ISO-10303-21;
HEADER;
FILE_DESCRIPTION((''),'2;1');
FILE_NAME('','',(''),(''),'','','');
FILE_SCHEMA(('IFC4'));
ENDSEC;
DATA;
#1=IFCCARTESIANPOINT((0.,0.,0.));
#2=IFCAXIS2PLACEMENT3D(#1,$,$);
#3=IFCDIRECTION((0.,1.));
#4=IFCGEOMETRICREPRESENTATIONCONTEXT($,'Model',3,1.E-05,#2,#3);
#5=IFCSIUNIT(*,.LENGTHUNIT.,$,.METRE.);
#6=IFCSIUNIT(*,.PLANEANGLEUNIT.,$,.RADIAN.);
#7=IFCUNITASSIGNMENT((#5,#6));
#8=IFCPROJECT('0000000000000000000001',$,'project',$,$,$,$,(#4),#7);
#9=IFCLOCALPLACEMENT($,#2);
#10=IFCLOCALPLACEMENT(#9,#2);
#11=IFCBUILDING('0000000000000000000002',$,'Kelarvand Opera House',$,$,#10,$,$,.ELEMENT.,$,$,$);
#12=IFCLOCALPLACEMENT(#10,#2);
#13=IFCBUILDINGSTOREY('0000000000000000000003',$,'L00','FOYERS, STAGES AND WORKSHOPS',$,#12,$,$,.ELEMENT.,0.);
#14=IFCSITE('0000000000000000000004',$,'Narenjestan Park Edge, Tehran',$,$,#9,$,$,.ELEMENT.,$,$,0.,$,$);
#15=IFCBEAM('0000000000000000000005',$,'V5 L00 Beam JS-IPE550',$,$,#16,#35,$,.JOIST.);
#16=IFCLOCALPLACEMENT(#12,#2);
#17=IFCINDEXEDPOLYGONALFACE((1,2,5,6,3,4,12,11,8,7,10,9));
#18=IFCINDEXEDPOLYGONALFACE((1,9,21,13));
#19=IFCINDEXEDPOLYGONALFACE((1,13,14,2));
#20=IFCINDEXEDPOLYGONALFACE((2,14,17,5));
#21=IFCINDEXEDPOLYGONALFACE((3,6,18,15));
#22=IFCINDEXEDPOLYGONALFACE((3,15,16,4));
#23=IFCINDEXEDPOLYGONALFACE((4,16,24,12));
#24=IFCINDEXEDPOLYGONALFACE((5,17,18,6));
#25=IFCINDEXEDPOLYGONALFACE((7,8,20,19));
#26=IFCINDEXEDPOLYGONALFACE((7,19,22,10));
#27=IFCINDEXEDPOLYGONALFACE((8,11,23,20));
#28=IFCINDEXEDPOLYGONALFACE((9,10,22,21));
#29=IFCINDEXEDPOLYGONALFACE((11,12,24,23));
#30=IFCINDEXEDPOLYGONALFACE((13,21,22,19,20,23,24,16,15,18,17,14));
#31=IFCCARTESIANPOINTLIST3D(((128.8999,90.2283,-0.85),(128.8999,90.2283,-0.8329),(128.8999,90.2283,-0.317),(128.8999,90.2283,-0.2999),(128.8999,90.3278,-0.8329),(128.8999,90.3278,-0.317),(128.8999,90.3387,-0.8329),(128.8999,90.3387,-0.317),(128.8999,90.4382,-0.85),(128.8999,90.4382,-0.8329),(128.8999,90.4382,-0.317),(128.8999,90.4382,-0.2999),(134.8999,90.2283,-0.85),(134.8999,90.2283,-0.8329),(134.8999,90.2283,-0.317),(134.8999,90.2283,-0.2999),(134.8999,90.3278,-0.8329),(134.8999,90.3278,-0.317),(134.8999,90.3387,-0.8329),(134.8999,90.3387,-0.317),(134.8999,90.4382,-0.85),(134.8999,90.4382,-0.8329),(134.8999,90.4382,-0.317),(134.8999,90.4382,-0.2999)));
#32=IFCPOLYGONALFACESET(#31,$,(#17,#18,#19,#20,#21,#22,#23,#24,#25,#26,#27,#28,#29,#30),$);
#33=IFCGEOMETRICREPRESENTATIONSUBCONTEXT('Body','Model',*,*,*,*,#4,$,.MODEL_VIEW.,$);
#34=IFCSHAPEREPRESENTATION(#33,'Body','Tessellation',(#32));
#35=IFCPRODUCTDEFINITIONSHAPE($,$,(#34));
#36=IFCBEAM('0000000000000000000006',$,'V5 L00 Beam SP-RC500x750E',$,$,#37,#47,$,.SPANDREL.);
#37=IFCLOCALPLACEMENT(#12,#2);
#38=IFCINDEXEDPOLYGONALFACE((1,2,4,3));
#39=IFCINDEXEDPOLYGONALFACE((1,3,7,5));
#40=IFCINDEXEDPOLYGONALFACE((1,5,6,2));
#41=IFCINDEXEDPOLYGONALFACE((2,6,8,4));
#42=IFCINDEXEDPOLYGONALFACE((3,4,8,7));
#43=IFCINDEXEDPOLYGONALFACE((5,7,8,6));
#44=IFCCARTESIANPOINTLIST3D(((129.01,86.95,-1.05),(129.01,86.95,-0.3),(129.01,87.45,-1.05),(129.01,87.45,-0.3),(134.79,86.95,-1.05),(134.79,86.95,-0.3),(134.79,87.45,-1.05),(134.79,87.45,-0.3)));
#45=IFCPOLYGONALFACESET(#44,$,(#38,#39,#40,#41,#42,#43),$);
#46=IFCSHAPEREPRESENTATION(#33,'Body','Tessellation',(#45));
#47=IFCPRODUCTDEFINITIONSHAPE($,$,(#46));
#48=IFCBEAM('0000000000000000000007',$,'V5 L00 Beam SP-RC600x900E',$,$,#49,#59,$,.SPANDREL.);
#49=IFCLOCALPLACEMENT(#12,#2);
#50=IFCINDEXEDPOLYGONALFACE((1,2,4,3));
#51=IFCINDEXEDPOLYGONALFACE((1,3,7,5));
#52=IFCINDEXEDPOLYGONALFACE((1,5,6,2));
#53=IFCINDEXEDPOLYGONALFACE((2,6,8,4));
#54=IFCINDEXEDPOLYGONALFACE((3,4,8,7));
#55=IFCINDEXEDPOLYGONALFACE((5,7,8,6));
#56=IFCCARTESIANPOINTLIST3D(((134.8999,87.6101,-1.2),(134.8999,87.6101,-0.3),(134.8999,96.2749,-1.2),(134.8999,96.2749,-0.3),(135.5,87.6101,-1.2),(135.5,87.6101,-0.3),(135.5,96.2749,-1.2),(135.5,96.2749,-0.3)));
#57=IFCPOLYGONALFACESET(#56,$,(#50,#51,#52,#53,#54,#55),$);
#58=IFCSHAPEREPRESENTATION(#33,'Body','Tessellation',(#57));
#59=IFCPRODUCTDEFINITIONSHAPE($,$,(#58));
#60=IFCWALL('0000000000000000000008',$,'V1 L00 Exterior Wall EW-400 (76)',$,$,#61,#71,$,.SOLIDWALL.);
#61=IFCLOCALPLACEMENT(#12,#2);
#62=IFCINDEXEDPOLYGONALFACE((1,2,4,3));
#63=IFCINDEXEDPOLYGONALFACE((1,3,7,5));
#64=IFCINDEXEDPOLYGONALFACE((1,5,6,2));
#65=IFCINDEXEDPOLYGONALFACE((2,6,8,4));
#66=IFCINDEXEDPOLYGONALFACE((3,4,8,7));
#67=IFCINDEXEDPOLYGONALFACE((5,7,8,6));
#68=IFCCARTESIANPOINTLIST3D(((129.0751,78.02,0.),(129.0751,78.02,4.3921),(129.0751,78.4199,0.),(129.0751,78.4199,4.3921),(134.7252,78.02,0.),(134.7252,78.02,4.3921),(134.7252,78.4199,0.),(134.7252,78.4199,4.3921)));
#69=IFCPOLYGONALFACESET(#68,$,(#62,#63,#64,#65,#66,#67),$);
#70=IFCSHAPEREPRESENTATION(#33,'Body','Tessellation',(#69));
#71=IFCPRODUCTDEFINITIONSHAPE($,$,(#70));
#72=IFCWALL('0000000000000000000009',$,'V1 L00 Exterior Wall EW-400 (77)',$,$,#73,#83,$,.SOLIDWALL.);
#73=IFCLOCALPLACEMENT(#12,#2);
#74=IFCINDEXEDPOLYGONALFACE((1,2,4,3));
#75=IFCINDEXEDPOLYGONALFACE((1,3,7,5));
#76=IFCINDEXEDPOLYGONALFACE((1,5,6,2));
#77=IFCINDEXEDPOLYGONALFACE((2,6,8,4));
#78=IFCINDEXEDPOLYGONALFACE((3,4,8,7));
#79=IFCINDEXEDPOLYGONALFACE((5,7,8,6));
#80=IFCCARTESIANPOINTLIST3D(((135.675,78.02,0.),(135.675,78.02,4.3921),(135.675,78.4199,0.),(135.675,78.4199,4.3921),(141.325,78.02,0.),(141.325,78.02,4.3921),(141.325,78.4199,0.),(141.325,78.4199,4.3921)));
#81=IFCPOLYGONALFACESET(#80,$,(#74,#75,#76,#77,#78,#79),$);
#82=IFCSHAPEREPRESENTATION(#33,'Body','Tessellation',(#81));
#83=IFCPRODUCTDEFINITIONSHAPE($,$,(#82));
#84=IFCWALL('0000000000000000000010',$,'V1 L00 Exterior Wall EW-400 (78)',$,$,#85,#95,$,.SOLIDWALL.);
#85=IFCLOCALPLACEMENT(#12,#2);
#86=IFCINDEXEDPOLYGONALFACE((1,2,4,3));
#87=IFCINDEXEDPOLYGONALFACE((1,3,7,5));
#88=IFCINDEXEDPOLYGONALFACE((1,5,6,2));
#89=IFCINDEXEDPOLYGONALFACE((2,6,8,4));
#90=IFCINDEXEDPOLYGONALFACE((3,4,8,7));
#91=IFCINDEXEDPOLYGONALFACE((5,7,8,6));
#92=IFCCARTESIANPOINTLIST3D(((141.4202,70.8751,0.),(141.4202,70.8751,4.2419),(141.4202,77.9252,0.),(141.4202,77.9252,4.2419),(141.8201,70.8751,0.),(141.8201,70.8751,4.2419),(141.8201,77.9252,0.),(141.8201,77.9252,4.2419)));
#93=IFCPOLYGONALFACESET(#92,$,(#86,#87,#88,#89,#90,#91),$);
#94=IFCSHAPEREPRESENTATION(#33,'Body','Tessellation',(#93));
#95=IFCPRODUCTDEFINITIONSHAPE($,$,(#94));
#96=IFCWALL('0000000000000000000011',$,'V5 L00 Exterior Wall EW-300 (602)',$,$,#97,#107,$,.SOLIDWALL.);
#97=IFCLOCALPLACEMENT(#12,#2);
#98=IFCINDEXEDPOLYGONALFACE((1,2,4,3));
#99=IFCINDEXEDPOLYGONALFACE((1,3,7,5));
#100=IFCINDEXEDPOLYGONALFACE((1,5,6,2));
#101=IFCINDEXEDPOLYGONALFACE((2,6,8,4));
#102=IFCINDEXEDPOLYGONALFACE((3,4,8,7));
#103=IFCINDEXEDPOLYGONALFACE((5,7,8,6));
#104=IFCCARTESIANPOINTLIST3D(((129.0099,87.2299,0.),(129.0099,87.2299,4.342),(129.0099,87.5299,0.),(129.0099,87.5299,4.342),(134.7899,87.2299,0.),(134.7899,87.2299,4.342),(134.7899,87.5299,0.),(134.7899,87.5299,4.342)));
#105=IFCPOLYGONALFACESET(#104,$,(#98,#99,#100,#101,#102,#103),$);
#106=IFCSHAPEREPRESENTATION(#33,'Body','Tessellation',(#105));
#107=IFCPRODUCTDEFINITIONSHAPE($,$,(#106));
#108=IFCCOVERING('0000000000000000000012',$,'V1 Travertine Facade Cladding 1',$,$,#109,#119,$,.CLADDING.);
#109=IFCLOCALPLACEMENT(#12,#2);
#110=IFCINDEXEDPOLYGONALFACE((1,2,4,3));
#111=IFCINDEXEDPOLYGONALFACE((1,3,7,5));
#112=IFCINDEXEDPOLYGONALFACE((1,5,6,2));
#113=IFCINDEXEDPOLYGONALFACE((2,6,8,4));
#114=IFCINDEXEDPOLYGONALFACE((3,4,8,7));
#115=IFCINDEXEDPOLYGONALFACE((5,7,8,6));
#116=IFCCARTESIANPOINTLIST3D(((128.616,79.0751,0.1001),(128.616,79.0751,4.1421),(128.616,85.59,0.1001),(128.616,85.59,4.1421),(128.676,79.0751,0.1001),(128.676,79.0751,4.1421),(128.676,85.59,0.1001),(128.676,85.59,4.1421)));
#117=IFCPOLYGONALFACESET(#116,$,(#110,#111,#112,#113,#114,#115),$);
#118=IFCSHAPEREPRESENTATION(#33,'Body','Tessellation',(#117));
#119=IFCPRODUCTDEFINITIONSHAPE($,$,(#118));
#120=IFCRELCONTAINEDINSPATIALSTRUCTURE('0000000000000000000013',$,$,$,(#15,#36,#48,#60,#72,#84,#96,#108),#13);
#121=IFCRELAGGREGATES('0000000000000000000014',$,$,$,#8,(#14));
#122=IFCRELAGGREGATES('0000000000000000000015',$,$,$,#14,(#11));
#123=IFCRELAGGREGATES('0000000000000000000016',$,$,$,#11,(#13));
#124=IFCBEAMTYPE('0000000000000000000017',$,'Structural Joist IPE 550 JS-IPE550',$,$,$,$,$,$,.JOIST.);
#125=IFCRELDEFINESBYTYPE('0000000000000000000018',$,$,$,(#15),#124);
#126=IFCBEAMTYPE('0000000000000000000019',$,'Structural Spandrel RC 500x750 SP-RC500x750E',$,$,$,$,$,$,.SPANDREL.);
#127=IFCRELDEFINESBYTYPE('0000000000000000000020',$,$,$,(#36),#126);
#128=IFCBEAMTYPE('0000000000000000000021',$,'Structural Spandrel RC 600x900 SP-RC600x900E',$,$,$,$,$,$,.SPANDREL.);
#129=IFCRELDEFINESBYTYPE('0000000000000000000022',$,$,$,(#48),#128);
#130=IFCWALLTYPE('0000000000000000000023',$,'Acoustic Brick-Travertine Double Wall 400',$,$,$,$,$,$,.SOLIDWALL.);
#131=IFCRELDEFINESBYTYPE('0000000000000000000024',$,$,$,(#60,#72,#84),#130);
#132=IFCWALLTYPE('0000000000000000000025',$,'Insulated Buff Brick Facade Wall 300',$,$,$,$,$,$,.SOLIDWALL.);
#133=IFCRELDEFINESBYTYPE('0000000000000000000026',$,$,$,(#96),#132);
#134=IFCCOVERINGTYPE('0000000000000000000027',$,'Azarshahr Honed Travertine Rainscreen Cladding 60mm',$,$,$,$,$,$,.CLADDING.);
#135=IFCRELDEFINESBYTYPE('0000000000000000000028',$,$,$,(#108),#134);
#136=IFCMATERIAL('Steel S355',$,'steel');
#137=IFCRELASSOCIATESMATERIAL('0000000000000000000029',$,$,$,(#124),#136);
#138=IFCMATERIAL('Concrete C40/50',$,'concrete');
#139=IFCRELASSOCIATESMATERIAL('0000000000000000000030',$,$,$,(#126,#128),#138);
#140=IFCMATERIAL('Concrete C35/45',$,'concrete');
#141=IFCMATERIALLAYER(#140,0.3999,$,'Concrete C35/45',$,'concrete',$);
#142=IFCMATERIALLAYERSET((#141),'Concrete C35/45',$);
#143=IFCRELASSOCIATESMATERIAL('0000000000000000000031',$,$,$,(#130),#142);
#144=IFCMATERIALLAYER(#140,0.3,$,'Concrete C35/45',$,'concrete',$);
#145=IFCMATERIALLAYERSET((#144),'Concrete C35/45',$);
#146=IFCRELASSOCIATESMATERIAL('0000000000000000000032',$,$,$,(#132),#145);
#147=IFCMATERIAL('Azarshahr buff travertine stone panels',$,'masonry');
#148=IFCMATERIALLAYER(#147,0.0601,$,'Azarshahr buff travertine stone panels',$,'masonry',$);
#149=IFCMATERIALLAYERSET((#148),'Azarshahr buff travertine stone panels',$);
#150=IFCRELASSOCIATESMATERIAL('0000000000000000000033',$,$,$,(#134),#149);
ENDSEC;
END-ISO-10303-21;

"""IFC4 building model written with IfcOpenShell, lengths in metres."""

from ifc_helpers import new_model, si_unit, direction, frame, frame_2d, origin, origin_2d, place, context, subcontext, project, spatial, rectangle, i_section, extrude, material, layer, layer_set, material_profile, profile_set, type_object, element, save


model = new_model("IFC4")

# Units and contexts
model_context = context("Model", 3, precision=1e-05, world=origin(), true_north=direction((0.0, 1.0)))
body_context = subcontext(model_context, "Body", "Model", "MODEL_VIEW")
ifc_project = project(units=[si_unit("LENGTHUNIT", "METRE"), si_unit("PLANEANGLEUNIT", "RADIAN")], contexts=[model_context])

# Site, building, storey
site_placement = place(None, origin())
site = spatial("IfcSite", under=ifc_project, at=site_placement, Name="Narenjestan Park Edge, Tehran", CompositionType="ELEMENT", RefElevation=0.0)
building_placement = place(site_placement, origin())
building = spatial("IfcBuilding", under=site, at=building_placement, Name="Kelarvand Opera House", CompositionType="ELEMENT")
storey_placement = place(building_placement, origin())
storey = spatial("IfcBuildingStorey", under=building, at=storey_placement, Name="L00", Description="FOYERS, STAGES AND WORKSHOPS", CompositionType="ELEMENT", Elevation=0.0)

# Shared definitions
ifc_material_1 = material(Name="Concrete C40/50", Category="concrete")

# Beams
ifc_material_2 = material(Name="Steel S355", Category="steel")
ifc_material_profile_1 = material_profile(ifc_material_2, i_section(OverallWidth=0.21, OverallDepth=0.55, WebThickness=0.011, FlangeThickness=0.0171, at=origin_2d()), Name="IPE 550", Category="steel")
ifc_profile_set_1 = profile_set([ifc_material_profile_1], Name="Steel S355")
beam_type_1 = type_object("IfcBeamType", Name="Structural Joist IPE 550 JS-IPE550", PredefinedType="JOIST", material=ifc_profile_set_1)
beam_1_placement = place(storey_placement, frame((128.8999, 90.3333, -0.575), z_axis=(1.0, 0.0, 0.0), x_axis=(0.0, 1.0, 0.0)))
element("IfcBeam", 1, at=beam_1_placement, inside=storey, type_object=beam_type_1, Name="V5 L00 Beam JS-IPE550", PredefinedType="JOIST", context=body_context, shape_type="SweptSolid", body=[
    extrude(i_section(OverallWidth=0.21, OverallDepth=0.55, WebThickness=0.011, FlangeThickness=0.0171, at=origin_2d()), origin(), (0.0, 0.0, 1.0), 6.0),
])
ifc_material_profile_2 = material_profile(ifc_material_1, rectangle(XDim=0.5, YDim=0.75, at=origin_2d()), Name="RC 500x750", Category="concrete")
ifc_profile_set_2 = profile_set([ifc_material_profile_2], Name="Concrete C40/50")
beam_type_2 = type_object("IfcBeamType", Name="Structural Spandrel RC 500x750 SP-RC500x750E", PredefinedType="SPANDREL", material=ifc_profile_set_2)
beam_2_placement = place(storey_placement, frame((129.01, 87.2, -0.675), z_axis=(1.0, 0.0, 0.0), x_axis=(0.0, 1.0, 0.0)))
element("IfcBeam", 2, at=beam_2_placement, inside=storey, type_object=beam_type_2, Name="V5 L00 Beam SP-RC500x750E", PredefinedType="SPANDREL", context=body_context, shape_type="SweptSolid", body=[
    extrude(rectangle(XDim=0.5, YDim=0.75, at=origin_2d()), origin(), (0.0, 0.0, 1.0), 5.78),
])
ifc_material_profile_3 = material_profile(ifc_material_1, rectangle(XDim=0.6001, YDim=0.8999, at=origin_2d()), Name="RC 600x900", Category="concrete")
ifc_profile_set_3 = profile_set([ifc_material_profile_3], Name="Concrete C40/50")
beam_type_3 = type_object("IfcBeamType", Name="Structural Spandrel RC 600x900 SP-RC600x900E", PredefinedType="SPANDREL", material=ifc_profile_set_3)
beam_3_placement = place(storey_placement, frame((135.2, 87.6101, -0.75), z_axis=(0.0, 1.0, 0.0), x_axis=(-1.0, 0.0, 0.0)))
element("IfcBeam", 3, at=beam_3_placement, inside=storey, type_object=beam_type_3, Name="V5 L00 Beam SP-RC600x900E", PredefinedType="SPANDREL", context=body_context, shape_type="SweptSolid", body=[
    extrude(rectangle(XDim=0.6001, YDim=0.8999, at=origin_2d()), origin(), (0.0, 0.0, 1.0), 8.6648),
])

# Walls
ifc_material_3 = material(Name="Concrete C35/45", Category="concrete")
ifc_layer_1 = layer(ifc_material_3, 0.3999, Name="Concrete C35/45", Category="concrete")
ifc_layer_set_1 = layer_set([ifc_layer_1], Name="Concrete C35/45")
wall_type_1 = type_object("IfcWallType", Name="Acoustic Brick-Travertine Double Wall 400", PredefinedType="SOLIDWALL", material=ifc_layer_set_1)
wall_1_placement = place(storey_placement, frame((129.075, 78.22, 0.0), z_axis=(0.0, 0.0, 1.0), x_axis=(1.0, 0.0, 0.0)))
element("IfcWall", 4, at=wall_1_placement, inside=storey, type_object=wall_type_1, Name="V1 L00 Exterior Wall EW-400 (76)", PredefinedType="SOLIDWALL", context=body_context, shape_type="SweptSolid", body=[
    extrude(rectangle(XDim=5.6501, YDim=0.3999, at=frame_2d((2.8252, 0.0))), origin(), (0.0, 0.0, 1.0), 4.3921),
])
wall_2_placement = place(storey_placement, frame((135.675, 78.22, 0.0), z_axis=(0.0, 0.0, 1.0), x_axis=(1.0, 0.0, 0.0)))
element("IfcWall", 5, at=wall_2_placement, inside=storey, type_object=wall_type_1, Name="V1 L00 Exterior Wall EW-400 (77)", PredefinedType="SOLIDWALL", context=body_context, shape_type="SweptSolid", body=[
    extrude(rectangle(XDim=5.6499, YDim=0.3999, at=frame_2d((2.825, 0.0))), origin(), (0.0, 0.0, 1.0), 4.3921),
])
wall_3_placement = place(storey_placement, frame((141.6201, 77.925, 0.0), z_axis=(0.0, 0.0, 1.0), x_axis=(0.0, -1.0, 0.0)))
element("IfcWall", 6, at=wall_3_placement, inside=storey, type_object=wall_type_1, Name="V1 L00 Exterior Wall EW-400 (78)", PredefinedType="SOLIDWALL", context=body_context, shape_type="SweptSolid", body=[
    extrude(rectangle(XDim=7.05, YDim=0.3999, at=frame_2d((3.5249, 0.0))), origin(), (0.0, 0.0, 1.0), 4.2419),
])
ifc_layer_2 = layer(ifc_material_3, 0.3, Name="Concrete C35/45", Category="concrete")
ifc_layer_set_2 = layer_set([ifc_layer_2], Name="Concrete C35/45")
wall_type_2 = type_object("IfcWallType", Name="Insulated Buff Brick Facade Wall 300", PredefinedType="SOLIDWALL", material=ifc_layer_set_2)
wall_4_placement = place(storey_placement, frame((134.79, 87.3799, 0.0), z_axis=(0.0, 0.0, 1.0), x_axis=(-1.0, 0.0, 0.0)))
element("IfcWall", 7, at=wall_4_placement, inside=storey, type_object=wall_type_2, Name="V5 L00 Exterior Wall EW-300 (602)", PredefinedType="SOLIDWALL", context=body_context, shape_type="SweptSolid", body=[
    extrude(rectangle(XDim=5.78, YDim=0.3, at=frame_2d((2.8901, 0.0))), origin(), (0.0, 0.0, 1.0), 4.342),
])

# Covering
ifc_material_4 = material(Name="Azarshahr buff travertine stone panels", Category="masonry")
ifc_layer_3 = layer(ifc_material_4, 0.0601, Name="Azarshahr buff travertine stone panels", Category="masonry")
ifc_layer_set_3 = layer_set([ifc_layer_3], Name="Azarshahr buff travertine stone panels")
covering_type = type_object("IfcCoveringType", Name="Azarshahr Honed Travertine Rainscreen Cladding 60mm", PredefinedType="CLADDING", material=ifc_layer_set_3)
covering_placement = place(storey_placement, frame((128.646, 82.3325, 0.1001), z_axis=(0.0, 0.0, 1.0), x_axis=(0.0, -1.0, 0.0)))
element("IfcCovering", 8, at=covering_placement, inside=storey, type_object=covering_type, Name="V1 Travertine Facade Cladding 1", PredefinedType="CLADDING", context=body_context, shape_type="SweptSolid", body=[
    extrude(rectangle(XDim=6.5149, YDim=0.0601, at=origin_2d()), origin(), (0.0, 0.0, 1.0), 4.042),
])

save(model, "model.ifc")
